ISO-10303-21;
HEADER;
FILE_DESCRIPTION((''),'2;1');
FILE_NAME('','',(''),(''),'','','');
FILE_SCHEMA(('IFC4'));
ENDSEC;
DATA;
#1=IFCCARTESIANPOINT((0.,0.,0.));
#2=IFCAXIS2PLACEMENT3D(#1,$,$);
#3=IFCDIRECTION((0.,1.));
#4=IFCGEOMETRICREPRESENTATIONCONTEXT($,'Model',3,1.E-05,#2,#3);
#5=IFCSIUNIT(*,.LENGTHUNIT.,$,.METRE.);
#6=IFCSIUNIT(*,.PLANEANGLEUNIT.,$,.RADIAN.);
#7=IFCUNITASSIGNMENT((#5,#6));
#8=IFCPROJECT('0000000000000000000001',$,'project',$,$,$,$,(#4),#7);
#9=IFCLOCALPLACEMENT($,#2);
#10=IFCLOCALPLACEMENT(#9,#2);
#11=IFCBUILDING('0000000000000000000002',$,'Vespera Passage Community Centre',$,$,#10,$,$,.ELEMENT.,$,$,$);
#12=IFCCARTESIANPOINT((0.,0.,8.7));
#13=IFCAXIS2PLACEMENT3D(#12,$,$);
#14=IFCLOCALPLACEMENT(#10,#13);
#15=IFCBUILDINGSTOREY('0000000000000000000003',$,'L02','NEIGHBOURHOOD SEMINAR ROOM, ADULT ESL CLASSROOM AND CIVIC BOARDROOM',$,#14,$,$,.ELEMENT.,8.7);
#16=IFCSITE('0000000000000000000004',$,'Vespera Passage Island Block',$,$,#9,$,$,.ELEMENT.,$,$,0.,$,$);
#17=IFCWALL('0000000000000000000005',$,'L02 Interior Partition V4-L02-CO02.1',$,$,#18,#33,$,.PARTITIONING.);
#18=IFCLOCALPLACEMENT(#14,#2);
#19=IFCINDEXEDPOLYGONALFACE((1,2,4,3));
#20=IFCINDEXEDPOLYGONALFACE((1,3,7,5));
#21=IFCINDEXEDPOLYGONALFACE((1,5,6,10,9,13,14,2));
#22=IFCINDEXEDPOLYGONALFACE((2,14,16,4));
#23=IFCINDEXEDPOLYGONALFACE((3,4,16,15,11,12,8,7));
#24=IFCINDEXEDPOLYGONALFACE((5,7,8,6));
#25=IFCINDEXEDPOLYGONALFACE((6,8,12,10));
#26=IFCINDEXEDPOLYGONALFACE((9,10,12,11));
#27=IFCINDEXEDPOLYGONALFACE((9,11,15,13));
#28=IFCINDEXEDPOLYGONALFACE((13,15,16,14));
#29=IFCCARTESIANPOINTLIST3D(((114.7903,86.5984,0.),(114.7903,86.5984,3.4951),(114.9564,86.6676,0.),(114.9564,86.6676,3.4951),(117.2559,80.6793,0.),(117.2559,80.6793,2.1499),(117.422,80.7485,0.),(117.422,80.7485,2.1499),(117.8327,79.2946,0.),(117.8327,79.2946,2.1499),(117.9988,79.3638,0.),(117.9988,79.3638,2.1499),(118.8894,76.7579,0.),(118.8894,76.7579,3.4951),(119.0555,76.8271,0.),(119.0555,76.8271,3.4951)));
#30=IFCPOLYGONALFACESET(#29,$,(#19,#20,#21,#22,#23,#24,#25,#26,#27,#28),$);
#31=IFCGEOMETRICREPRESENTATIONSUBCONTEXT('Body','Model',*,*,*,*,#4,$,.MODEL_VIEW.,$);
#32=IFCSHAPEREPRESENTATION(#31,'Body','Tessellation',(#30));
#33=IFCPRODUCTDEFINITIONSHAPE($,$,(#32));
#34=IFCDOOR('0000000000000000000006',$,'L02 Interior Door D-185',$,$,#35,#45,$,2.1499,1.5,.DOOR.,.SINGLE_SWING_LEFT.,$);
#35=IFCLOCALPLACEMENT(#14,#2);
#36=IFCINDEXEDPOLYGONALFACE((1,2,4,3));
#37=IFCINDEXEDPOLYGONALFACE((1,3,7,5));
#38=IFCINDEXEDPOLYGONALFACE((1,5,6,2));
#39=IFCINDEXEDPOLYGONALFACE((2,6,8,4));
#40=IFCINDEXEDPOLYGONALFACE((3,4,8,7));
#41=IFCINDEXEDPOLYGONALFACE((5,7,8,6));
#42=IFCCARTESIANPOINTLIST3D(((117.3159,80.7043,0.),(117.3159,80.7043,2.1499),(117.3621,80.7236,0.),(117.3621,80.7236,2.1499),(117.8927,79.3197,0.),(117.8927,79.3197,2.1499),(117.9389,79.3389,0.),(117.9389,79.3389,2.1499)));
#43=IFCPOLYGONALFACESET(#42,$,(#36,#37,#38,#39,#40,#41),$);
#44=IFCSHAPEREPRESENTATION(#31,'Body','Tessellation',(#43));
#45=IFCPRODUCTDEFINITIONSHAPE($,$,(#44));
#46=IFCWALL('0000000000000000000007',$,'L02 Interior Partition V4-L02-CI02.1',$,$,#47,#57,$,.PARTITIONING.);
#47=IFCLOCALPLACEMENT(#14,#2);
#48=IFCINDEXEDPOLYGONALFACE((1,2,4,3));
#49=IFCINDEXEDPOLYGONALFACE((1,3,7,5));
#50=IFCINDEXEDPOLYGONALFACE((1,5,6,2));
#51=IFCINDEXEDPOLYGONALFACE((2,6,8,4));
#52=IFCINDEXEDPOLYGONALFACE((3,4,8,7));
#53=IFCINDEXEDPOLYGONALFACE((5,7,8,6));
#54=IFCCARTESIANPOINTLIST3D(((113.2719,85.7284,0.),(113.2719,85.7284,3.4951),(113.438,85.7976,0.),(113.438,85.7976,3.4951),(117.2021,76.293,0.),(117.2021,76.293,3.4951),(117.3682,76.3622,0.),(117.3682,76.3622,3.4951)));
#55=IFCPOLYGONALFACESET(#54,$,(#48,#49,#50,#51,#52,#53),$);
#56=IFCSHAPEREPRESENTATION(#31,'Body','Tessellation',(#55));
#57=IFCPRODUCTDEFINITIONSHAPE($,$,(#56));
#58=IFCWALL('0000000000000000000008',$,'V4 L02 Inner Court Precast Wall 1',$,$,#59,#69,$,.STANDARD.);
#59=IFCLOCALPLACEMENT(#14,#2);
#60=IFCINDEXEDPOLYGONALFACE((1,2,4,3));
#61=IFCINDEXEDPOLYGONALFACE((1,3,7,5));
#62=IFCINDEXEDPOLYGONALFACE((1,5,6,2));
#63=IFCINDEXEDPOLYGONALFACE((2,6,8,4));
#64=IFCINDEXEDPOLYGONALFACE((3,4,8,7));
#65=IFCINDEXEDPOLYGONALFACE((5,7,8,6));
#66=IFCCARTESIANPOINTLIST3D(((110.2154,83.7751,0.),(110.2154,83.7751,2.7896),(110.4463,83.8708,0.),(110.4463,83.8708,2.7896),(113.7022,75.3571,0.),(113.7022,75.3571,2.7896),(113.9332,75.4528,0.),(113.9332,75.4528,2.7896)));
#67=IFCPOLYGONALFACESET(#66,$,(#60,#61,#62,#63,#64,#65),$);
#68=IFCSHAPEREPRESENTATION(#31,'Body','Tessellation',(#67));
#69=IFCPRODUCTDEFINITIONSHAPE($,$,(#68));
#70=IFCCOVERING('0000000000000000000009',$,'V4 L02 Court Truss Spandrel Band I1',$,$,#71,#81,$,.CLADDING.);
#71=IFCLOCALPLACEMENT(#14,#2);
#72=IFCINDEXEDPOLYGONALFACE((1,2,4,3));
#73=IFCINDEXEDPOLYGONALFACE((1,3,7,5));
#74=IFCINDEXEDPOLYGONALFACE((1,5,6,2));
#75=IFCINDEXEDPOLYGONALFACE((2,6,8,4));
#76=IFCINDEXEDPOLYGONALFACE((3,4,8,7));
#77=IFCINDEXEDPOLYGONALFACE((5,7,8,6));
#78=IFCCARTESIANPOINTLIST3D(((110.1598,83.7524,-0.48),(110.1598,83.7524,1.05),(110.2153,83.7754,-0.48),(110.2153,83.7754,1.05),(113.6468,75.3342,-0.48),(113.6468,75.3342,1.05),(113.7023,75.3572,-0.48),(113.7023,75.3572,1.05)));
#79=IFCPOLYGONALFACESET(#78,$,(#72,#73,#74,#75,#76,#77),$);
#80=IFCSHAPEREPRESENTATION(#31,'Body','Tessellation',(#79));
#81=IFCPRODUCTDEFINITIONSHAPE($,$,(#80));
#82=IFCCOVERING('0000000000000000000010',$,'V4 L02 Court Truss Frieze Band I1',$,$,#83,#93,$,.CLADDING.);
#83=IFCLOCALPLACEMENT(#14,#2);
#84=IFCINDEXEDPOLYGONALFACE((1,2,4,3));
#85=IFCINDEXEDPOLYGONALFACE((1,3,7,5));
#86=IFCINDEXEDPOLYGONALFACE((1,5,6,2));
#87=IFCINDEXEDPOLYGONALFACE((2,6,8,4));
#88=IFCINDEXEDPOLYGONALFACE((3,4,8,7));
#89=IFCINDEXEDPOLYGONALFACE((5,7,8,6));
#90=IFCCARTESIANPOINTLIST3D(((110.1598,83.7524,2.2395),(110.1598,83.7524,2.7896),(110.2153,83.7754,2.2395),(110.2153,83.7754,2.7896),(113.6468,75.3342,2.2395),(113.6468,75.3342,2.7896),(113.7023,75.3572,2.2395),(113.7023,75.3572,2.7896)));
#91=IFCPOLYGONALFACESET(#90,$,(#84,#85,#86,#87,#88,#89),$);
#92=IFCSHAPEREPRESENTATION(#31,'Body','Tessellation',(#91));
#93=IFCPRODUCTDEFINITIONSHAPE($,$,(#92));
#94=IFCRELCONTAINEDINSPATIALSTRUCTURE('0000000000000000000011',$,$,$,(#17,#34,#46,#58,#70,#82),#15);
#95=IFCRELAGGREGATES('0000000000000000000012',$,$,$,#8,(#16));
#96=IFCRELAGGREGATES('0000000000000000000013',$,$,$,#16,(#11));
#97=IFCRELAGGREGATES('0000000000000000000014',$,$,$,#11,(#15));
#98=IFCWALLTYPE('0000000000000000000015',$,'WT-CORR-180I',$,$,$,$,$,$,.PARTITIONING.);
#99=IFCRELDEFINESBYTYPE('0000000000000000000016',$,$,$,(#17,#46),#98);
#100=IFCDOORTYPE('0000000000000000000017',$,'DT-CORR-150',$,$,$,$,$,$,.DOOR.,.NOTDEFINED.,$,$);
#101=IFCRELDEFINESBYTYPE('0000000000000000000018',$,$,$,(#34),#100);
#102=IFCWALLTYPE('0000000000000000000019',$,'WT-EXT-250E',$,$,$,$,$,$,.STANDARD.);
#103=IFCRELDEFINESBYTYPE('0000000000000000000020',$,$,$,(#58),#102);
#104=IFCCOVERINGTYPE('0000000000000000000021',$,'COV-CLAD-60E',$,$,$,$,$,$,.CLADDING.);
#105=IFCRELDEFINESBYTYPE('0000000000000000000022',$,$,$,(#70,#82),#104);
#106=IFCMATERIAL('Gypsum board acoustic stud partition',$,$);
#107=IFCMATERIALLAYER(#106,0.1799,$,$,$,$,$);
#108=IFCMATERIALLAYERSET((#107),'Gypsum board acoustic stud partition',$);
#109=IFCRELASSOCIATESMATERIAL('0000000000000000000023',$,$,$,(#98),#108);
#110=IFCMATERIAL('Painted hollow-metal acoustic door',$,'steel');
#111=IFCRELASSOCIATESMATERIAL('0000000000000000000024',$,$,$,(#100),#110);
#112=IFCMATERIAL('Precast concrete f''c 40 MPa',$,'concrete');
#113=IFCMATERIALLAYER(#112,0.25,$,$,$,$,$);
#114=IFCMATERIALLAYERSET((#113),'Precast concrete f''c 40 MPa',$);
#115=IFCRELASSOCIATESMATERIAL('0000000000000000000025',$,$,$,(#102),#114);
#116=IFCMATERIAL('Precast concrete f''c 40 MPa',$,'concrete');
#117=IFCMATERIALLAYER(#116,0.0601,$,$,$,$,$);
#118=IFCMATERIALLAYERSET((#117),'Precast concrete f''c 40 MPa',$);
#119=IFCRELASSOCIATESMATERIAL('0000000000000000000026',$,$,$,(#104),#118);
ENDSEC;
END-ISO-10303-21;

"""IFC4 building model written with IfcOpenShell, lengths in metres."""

from ifc_helpers import new_model, si_unit, direction, frame, frame_2d, origin, place, context, subcontext, project, spatial, rectangle, extrude, material, layer, layer_set, type_object, element, fill, save


model = new_model("IFC4")

# Units and contexts
model_context = context("Model", 3, precision=1e-05, world=origin(), true_north=direction((0.0, 1.0)))
body_context = subcontext(model_context, "Body", "Model", "MODEL_VIEW")
ifc_project = project(units=[si_unit("LENGTHUNIT", "METRE"), si_unit("PLANEANGLEUNIT", "RADIAN")], contexts=[model_context])

# Site, building, storey
site_placement = place(None, origin())
site = spatial("IfcSite", under=ifc_project, at=site_placement, Name="Vespera Passage Island Block", CompositionType="ELEMENT", RefElevation=0.0)
building_placement = place(site_placement, origin())
building = spatial("IfcBuilding", under=site, at=building_placement, Name="Vespera Passage Community Centre", CompositionType="ELEMENT")
storey_placement = place(building_placement, frame((0.0, 0.0, 8.7)))
storey = spatial("IfcBuildingStorey", under=building, at=storey_placement, Name="L02", Description="NEIGHBOURHOOD SEMINAR ROOM, ADULT ESL CLASSROOM AND CIVIC BOARDROOM", CompositionType="ELEMENT", Elevation=8.7)

# Wall, opening, door
ifc_material_1 = material(Name="Gypsum board acoustic stud partition")
ifc_layer_1 = layer(ifc_material_1, 0.1799)
ifc_layer_set_1 = layer_set([ifc_layer_1], Name="Gypsum board acoustic stud partition")
wall_type_1 = type_object("IfcWallType", Name="WT-CORR-180I", PredefinedType="PARTITIONING", material=ifc_layer_set_1)
wall_1_placement = place(storey_placement, frame((118.9724, 76.7925, 0.0), z_axis=(0.0, 0.0, 1.0), x_axis=(-0.384526, 0.923114, 0.0)))
wall_1 = element("IfcWall", 1, at=wall_1_placement, inside=storey, type_object=wall_type_1, Name="L02 Interior Partition V4-L02-CO02.1", PredefinedType="PARTITIONING", context=body_context, shape_type="SweptSolid", body=[
    extrude(rectangle(XDim=10.6602, YDim=0.1799, at=frame_2d((5.3301, 0.0))), origin(), (0.0, 0.0, 1.0), 3.4951),
])
opening_placement = place(wall_1_placement, frame((2.748, 0.0, 0.0)))
opening = element("IfcOpeningElement", 2, at=opening_placement, cuts=wall_1, PredefinedType="OPENING", context=body_context, shape_type="SweptSolid", body=[
    extrude(rectangle(XDim=1.5, YDim=2.1499, at=frame_2d((0.75, 1.075))), frame((0.0, 0.0999, 0.0), z_axis=(0.0, -1.0, 0.0), x_axis=(1.0, 0.0, 0.0)), (0.0, 0.0, 1.0), 0.2),
])
ifc_material_2 = material(Name="Painted hollow-metal acoustic door", Category="steel")
door_type = type_object("IfcDoorType", Name="DT-CORR-150", OperationType="NOTDEFINED", PredefinedType="DOOR", material=ifc_material_2)
door_placement = place(opening_placement, origin())
door = element("IfcDoor", 3, at=door_placement, inside=storey, type_object=door_type, Name="L02 Interior Door D-185", OperationType="SINGLE_SWING_LEFT", OverallHeight=2.1499, OverallWidth=1.5, PredefinedType="DOOR", context=body_context, shape_type="SweptSolid", body=[
    extrude(rectangle(XDim=1.5, YDim=2.1499, at=frame_2d((0.75, 1.075))), frame((0.0, 0.0249, 0.0), z_axis=(0.0, -1.0, 0.0), x_axis=(1.0, 0.0, 0.0)), (0.0, 0.0, 1.0), 0.05),
])
fill(opening, door)

# Walls
wall_2_placement = place(storey_placement, frame((117.2852, 76.3276, 0.0), z_axis=(0.0, 0.0, 1.0), x_axis=(-0.384515, 0.923119, 0.0)))
element("IfcWall", 4, at=wall_2_placement, inside=storey, type_object=wall_type_1, Name="L02 Interior Partition V4-L02-CI02.1", PredefinedType="PARTITIONING", context=body_context, shape_type="SweptSolid", body=[
    extrude(rectangle(XDim=10.2212, YDim=0.1799, at=frame_2d((5.1106, 0.0))), origin(), (0.0, 0.0, 1.0), 3.4951),
])
ifc_material_3 = material(Name="Precast concrete f'c 40 MPa", Category="concrete")
ifc_layer_2 = layer(ifc_material_3, 0.25)
ifc_layer_set_2 = layer_set([ifc_layer_2], Name="Precast concrete f'c 40 MPa")
wall_type_2 = type_object("IfcWallType", Name="WT-EXT-250E", PredefinedType="STANDARD", material=ifc_layer_set_2)
wall_3_placement = place(storey_placement, frame((113.8176, 75.405, 0.0), z_axis=(0.0, 0.0, 1.0), x_axis=(-0.382682, 0.92388, 0.0)))
element("IfcWall", 5, at=wall_3_placement, inside=storey, type_object=wall_type_2, Name="V4 L02 Inner Court Precast Wall 1", PredefinedType="STANDARD", context=body_context, shape_type="SweptSolid", body=[
    extrude(rectangle(XDim=9.1116, YDim=0.25, at=frame_2d((4.5557, 0.0))), origin(), (0.0, 0.0, 1.0), 2.7896),
])

# Coverings
ifc_material_4 = material(Name="Precast concrete f'c 40 MPa", Category="concrete")
ifc_layer_3 = layer(ifc_material_4, 0.0601)
ifc_layer_set_3 = layer_set([ifc_layer_3], Name="Precast concrete f'c 40 MPa")
covering_type = type_object("IfcCoveringType", Name="COV-CLAD-60E", PredefinedType="CLADDING", material=ifc_layer_set_3)
covering_1_placement = place(storey_placement, frame((113.6746, 75.3457, -0.48), z_axis=(0.0, 0.0, 1.0), x_axis=(-0.382695, 0.923875, 0.0)))
element("IfcCovering", 6, at=covering_1_placement, inside=storey, type_object=covering_type, Name="V4 L02 Court Truss Spandrel Band I1", PredefinedType="CLADDING", context=body_context, shape_type="SweptSolid", body=[
    extrude(rectangle(XDim=9.1118, YDim=0.0601, at=frame_2d((4.5559, 0.0))), origin(), (0.0, 0.0, 1.0), 1.53),
])
covering_2_placement = place(storey_placement, frame((113.6746, 75.3457, 2.2395), z_axis=(0.0, 0.0, 1.0), x_axis=(-0.382695, 0.923875, 0.0)))
element("IfcCovering", 7, at=covering_2_placement, inside=storey, type_object=covering_type, Name="V4 L02 Court Truss Frieze Band I1", PredefinedType="CLADDING", context=body_context, shape_type="SweptSolid", body=[
    extrude(rectangle(XDim=9.1118, YDim=0.0601, at=frame_2d((4.5559, 0.0))), origin(), (0.0, 0.0, 1.0), 0.55),
])

save(model, "model.ifc")
